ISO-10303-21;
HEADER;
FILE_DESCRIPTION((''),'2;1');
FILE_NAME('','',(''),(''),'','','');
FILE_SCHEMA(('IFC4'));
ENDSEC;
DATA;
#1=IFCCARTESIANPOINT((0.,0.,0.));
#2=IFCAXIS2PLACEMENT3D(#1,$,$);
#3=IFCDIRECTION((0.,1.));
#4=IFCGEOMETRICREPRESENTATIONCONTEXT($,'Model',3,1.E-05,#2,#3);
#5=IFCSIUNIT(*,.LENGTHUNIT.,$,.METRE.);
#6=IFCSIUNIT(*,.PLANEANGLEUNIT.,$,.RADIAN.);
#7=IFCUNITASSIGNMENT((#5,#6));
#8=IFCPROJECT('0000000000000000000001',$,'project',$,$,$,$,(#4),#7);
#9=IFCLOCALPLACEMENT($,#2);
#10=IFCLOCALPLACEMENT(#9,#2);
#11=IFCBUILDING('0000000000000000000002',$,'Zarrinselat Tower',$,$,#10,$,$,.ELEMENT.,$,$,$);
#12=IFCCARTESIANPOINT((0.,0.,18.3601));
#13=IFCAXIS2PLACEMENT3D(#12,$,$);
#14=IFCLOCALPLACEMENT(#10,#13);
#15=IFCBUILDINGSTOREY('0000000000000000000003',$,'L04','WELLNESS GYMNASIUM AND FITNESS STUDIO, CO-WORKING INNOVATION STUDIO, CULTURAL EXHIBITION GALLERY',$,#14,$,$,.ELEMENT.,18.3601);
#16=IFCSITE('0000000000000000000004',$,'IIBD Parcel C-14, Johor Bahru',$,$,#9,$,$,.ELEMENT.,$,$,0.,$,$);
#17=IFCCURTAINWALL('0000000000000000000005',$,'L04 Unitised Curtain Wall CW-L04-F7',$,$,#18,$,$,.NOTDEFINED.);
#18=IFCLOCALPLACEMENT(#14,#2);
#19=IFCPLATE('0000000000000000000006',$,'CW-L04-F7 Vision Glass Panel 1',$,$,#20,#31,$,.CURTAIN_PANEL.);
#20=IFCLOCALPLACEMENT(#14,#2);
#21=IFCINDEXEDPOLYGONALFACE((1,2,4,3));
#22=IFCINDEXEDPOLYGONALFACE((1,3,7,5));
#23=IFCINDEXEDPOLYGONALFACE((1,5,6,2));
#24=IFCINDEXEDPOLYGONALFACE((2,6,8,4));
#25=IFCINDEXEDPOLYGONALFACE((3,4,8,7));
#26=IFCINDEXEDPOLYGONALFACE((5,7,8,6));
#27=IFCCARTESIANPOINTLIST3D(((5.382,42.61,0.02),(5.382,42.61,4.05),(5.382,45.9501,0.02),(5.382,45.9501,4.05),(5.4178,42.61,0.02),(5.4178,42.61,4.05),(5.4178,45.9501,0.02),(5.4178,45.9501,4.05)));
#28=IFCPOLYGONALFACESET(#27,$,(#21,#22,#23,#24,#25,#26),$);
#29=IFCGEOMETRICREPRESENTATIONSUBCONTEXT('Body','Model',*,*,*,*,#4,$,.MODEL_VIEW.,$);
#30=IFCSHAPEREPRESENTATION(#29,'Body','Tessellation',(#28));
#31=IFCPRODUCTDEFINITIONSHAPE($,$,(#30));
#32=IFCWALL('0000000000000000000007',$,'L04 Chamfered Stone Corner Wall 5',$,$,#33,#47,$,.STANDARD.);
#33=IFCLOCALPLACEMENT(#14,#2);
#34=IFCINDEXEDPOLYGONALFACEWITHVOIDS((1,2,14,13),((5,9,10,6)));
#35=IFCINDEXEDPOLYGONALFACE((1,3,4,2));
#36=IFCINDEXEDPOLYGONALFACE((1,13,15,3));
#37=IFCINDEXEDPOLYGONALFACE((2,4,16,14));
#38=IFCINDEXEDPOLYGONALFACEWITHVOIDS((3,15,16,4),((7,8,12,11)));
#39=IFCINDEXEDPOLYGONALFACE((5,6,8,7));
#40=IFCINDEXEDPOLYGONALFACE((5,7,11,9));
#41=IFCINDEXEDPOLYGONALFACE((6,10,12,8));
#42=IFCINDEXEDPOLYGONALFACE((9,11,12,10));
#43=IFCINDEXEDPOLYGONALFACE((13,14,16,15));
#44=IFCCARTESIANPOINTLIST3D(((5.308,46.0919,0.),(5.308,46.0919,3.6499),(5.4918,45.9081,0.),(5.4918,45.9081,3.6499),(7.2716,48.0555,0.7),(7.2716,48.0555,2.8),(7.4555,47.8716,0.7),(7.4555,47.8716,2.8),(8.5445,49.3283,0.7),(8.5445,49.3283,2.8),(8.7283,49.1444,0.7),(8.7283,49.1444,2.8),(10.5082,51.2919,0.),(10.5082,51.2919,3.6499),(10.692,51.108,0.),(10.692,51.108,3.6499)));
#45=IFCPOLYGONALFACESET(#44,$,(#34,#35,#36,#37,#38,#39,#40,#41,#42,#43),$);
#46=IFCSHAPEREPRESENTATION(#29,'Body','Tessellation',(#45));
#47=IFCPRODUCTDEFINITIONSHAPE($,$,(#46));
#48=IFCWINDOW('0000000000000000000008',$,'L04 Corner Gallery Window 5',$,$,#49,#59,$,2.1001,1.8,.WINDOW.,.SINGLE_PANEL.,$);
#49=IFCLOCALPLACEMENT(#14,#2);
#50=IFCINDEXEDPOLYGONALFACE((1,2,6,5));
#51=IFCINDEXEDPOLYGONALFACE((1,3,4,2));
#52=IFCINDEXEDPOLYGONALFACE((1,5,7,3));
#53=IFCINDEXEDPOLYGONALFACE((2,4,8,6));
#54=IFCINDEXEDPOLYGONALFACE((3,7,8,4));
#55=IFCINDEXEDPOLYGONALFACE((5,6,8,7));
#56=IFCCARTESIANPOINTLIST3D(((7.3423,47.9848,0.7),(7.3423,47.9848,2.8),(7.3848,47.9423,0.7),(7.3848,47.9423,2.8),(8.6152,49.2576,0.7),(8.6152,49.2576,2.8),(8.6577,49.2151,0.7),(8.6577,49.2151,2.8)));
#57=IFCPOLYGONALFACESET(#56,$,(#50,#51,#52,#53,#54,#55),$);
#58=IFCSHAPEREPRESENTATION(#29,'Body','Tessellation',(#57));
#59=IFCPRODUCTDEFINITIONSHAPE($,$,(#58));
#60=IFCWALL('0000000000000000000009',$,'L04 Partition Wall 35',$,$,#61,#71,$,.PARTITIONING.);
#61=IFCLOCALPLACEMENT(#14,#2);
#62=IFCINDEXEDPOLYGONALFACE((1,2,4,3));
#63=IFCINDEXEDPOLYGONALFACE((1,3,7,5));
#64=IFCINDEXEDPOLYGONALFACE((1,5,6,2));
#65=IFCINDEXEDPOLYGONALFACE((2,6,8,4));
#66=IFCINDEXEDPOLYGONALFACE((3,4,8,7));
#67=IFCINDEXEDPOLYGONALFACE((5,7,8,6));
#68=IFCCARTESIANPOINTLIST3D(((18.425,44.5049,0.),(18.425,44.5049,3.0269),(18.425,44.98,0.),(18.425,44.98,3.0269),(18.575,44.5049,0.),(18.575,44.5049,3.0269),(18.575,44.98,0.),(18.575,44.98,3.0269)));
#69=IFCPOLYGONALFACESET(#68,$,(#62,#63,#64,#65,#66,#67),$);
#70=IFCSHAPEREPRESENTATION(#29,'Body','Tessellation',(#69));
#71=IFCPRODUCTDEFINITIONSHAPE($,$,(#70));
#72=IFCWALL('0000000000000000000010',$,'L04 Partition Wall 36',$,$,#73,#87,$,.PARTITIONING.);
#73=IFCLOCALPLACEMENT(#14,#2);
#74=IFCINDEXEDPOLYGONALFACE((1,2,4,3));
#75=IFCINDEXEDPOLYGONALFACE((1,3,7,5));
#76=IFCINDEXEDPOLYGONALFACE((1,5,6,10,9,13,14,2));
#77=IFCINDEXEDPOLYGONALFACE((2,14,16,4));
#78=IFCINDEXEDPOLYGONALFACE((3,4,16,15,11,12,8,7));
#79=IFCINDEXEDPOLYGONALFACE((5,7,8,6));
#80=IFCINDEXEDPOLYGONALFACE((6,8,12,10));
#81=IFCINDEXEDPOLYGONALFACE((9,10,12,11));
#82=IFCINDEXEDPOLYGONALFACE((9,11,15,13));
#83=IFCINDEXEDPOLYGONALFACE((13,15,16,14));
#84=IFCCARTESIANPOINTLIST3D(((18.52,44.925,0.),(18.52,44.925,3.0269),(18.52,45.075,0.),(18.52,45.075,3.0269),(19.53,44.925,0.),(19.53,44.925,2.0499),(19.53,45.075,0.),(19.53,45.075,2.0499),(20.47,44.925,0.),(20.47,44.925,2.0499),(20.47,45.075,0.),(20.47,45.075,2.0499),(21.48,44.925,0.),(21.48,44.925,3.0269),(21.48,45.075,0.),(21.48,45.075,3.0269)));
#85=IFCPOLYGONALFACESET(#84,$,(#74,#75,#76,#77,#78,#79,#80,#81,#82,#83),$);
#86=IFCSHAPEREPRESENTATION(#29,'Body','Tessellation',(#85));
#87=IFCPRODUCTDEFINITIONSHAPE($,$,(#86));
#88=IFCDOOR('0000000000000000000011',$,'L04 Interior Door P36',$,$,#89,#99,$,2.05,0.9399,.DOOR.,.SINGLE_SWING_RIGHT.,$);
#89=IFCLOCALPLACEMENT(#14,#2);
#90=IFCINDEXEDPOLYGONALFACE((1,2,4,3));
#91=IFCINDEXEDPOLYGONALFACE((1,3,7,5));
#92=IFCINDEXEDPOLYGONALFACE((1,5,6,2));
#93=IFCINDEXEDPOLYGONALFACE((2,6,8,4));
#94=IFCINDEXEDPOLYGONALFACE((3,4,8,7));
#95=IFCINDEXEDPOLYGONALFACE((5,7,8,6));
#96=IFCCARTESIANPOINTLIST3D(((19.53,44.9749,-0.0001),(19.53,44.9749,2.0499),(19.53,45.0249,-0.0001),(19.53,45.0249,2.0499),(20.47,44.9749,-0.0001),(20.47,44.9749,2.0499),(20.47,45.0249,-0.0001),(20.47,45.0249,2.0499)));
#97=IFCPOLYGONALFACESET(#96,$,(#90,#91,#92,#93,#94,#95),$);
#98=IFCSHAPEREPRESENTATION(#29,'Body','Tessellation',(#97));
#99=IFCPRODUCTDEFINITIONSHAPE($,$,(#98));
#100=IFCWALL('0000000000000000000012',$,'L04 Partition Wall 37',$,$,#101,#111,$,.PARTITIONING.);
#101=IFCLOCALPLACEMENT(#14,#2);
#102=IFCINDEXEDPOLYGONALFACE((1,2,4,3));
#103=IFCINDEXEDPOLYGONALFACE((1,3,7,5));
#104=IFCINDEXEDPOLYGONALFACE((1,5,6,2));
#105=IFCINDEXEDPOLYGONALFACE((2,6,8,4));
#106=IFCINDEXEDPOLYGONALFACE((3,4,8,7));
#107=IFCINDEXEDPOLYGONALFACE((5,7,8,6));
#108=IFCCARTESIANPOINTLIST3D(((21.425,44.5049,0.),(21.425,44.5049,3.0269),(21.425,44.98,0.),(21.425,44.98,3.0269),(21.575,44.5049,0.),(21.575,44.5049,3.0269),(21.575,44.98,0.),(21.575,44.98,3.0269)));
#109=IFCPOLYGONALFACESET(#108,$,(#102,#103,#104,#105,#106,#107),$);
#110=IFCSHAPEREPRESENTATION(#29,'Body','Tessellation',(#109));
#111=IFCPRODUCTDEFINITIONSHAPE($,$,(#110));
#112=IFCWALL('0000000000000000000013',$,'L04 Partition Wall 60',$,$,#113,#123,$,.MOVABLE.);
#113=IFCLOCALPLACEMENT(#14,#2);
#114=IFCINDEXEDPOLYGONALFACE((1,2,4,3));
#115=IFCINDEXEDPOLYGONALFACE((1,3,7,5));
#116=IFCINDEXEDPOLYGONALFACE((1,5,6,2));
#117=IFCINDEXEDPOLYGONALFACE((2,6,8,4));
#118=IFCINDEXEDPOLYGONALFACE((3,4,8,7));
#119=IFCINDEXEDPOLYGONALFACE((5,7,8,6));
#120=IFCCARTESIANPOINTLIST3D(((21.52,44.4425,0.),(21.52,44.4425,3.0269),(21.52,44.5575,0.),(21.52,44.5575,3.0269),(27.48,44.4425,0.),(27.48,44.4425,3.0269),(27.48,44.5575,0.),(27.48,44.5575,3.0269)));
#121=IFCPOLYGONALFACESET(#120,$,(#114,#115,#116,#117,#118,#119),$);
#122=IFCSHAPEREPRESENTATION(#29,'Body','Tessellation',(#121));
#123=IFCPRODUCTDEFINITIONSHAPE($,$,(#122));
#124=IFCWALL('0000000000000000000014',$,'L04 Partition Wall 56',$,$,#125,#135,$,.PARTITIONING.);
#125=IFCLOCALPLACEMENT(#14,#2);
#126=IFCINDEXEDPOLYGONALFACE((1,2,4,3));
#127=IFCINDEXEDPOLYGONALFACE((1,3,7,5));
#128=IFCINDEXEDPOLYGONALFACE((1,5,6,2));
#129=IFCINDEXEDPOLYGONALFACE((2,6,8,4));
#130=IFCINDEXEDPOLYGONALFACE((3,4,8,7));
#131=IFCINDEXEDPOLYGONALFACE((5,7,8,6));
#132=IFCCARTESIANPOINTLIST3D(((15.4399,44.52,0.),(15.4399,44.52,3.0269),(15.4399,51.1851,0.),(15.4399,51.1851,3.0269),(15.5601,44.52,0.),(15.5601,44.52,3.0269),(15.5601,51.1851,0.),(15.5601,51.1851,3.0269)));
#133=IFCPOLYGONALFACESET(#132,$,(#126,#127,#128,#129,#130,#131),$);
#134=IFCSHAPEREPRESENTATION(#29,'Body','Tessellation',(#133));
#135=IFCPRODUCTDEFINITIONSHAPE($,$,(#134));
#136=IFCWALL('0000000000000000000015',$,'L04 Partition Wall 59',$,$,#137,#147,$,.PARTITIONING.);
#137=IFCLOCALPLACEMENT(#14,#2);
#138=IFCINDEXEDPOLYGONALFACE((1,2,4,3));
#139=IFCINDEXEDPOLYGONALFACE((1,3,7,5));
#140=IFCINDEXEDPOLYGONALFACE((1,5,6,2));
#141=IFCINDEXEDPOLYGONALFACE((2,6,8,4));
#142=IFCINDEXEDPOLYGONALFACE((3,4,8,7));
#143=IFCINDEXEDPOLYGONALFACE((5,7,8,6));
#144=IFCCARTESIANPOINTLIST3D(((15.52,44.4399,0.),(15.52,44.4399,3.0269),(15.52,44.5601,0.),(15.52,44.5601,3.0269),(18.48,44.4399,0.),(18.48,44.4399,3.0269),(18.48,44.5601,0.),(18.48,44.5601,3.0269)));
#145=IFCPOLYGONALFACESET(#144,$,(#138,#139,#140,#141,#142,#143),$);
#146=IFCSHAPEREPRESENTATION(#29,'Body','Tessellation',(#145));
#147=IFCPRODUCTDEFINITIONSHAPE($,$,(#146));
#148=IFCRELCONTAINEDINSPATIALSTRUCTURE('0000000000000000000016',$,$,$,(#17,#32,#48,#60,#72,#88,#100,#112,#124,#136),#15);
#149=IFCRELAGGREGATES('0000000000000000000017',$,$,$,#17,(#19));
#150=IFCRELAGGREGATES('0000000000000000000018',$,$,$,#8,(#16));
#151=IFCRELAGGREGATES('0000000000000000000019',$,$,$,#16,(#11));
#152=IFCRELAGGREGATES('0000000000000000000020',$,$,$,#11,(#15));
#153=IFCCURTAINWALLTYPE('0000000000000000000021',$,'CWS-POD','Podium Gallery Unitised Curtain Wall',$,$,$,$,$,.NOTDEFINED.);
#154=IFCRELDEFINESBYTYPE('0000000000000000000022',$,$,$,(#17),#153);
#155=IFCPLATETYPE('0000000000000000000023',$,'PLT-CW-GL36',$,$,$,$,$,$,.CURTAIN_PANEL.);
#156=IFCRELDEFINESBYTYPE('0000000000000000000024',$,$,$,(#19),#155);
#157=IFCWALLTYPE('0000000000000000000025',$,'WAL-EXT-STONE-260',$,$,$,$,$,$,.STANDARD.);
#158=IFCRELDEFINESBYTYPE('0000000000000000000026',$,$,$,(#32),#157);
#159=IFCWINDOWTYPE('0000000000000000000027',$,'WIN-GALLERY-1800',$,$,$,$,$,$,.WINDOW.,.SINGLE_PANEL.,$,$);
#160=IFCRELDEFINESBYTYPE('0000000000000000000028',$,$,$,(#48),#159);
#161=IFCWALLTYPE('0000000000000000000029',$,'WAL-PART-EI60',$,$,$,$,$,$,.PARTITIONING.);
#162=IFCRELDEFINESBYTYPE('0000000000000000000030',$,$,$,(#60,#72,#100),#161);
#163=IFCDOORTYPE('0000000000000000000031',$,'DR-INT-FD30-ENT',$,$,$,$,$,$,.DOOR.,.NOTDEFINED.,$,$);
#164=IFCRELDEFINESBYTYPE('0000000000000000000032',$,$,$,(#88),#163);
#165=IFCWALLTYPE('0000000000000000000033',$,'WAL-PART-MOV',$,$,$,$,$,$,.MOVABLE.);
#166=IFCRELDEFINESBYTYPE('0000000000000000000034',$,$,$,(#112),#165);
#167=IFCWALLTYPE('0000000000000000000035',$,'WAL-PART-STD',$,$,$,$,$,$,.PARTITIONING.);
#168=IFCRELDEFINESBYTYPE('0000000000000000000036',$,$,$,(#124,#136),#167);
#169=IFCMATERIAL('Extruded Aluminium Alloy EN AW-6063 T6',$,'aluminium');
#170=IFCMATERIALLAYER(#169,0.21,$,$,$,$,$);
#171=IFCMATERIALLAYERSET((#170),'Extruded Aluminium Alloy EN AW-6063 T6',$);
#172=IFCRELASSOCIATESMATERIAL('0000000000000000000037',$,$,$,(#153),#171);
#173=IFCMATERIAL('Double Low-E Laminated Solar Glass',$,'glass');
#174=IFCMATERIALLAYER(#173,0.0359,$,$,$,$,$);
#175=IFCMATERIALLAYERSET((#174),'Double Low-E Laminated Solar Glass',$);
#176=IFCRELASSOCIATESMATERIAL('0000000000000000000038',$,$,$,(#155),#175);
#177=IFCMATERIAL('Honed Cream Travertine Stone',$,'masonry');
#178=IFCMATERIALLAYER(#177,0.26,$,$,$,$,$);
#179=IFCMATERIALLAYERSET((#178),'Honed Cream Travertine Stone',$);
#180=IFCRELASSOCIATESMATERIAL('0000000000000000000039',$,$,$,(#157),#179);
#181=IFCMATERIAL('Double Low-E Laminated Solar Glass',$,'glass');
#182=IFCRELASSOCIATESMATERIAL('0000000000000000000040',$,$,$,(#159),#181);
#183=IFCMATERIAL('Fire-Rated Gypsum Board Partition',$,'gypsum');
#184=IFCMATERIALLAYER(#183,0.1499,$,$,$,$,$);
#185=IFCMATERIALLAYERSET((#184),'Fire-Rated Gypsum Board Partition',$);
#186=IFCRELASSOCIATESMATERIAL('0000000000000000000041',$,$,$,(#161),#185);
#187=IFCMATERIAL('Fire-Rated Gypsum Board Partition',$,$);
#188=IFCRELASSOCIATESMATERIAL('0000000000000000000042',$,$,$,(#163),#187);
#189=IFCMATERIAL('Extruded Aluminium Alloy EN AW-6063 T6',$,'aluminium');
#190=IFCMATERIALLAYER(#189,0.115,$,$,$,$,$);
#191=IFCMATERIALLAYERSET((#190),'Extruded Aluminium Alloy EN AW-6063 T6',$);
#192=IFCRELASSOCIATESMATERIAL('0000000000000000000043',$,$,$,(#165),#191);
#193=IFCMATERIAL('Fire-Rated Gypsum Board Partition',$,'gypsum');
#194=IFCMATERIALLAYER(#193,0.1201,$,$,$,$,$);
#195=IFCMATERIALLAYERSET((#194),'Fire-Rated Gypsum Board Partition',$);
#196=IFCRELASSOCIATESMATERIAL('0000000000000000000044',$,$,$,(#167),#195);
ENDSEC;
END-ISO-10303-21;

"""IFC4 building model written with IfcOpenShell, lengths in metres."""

from ifc_helpers import new_model, si_unit, direction, frame, frame_2d, origin, origin_2d, place, context, subcontext, project, spatial, rectangle, extrude, material, layer, layer_set, type_object, element, fill, aggregate, save


model = new_model("IFC4")

# Units and contexts
model_context = context("Model", 3, precision=1e-05, world=origin(), true_north=direction((0.0, 1.0)))
body_context = subcontext(model_context, "Body", "Model", "MODEL_VIEW")
ifc_project = project(units=[si_unit("LENGTHUNIT", "METRE"), si_unit("PLANEANGLEUNIT", "RADIAN")], contexts=[model_context])

# Site, building, storey
site_placement = place(None, origin())
site = spatial("IfcSite", under=ifc_project, at=site_placement, Name="IIBD Parcel C-14, Johor Bahru", CompositionType="ELEMENT", RefElevation=0.0)
building_placement = place(site_placement, origin())
building = spatial("IfcBuilding", under=site, at=building_placement, Name="Zarrinselat Tower", CompositionType="ELEMENT")
storey_placement = place(building_placement, frame((0.0, 0.0, 18.3601)))
storey = spatial("IfcBuildingStorey", under=building, at=storey_placement, Name="L04", Description="WELLNESS GYMNASIUM AND FITNESS STUDIO, CO-WORKING INNOVATION STUDIO, CULTURAL EXHIBITION GALLERY", CompositionType="ELEMENT", Elevation=18.3601)

# Curtain wall
ifc_material_1 = material(Name="Extruded Aluminium Alloy EN AW-6063 T6", Category="aluminium")
ifc_layer_1 = layer(ifc_material_1, 0.21)
ifc_layer_set_1 = layer_set([ifc_layer_1], Name="Extruded Aluminium Alloy EN AW-6063 T6")
curtain_wall_type = type_object("IfcCurtainWallType", Name="CWS-POD", Description="Podium Gallery Unitised Curtain Wall", PredefinedType="NOTDEFINED", material=ifc_layer_set_1)
curtain_wall_1_placement = place(storey_placement, origin())
curtain_wall_1 = element("IfcCurtainWall", 1, at=curtain_wall_1_placement, inside=storey, type_object=curtain_wall_type, Name="L04 Unitised Curtain Wall CW-L04-F7", PredefinedType="NOTDEFINED")

# Plate
ifc_material_2 = material(Name="Double Low-E Laminated Solar Glass", Category="glass")
ifc_layer_2 = layer(ifc_material_2, 0.0359)
ifc_layer_set_2 = layer_set([ifc_layer_2], Name="Double Low-E Laminated Solar Glass")
plate_type = type_object("IfcPlateType", Name="PLT-CW-GL36", PredefinedType="CURTAIN_PANEL", material=ifc_layer_set_2)
plate_1_placement = place(storey_placement, frame((5.3999, 44.28, 0.02), z_axis=(0.0, 0.0, 1.0), x_axis=(0.0, -1.0, 0.0)))
plate_1 = element("IfcPlate", 2, at=plate_1_placement, type_object=plate_type, Name="CW-L04-F7 Vision Glass Panel 1", PredefinedType="CURTAIN_PANEL", context=body_context, shape_type="SweptSolid", body=[
    extrude(rectangle(XDim=3.3401, YDim=0.0359, at=origin_2d()), origin(), (0.0, 0.0, 1.0), 4.03),
])
aggregate(curtain_wall_1, [plate_1])

# Wall, opening, window
ifc_material_3 = material(Name="Honed Cream Travertine Stone", Category="masonry")
ifc_layer_3 = layer(ifc_material_3, 0.26)
ifc_layer_set_3 = layer_set([ifc_layer_3], Name="Honed Cream Travertine Stone")
wall_type_1 = type_object("IfcWallType", Name="WAL-EXT-STONE-260", PredefinedType="STANDARD", material=ifc_layer_set_3)
wall_1_placement = place(storey_placement, frame((5.3999, 46.0, 0.0), z_axis=(0.0, 0.0, 1.0), x_axis=(0.707123, 0.70709, 0.0)))
wall_1 = element("IfcWall", 3, at=wall_1_placement, inside=storey, type_object=wall_type_1, Name="L04 Chamfered Stone Corner Wall 5", PredefinedType="STANDARD", context=body_context, shape_type="SweptSolid", body=[
    extrude(rectangle(XDim=7.354, YDim=0.26, at=frame_2d((3.677, 0.0))), origin(), (0.0, 0.0, 1.0), 3.6499),
])
opening_1_placement = place(wall_1_placement, frame((2.7771, 0.0, 0.7)))
opening_1 = element("IfcOpeningElement", 4, at=opening_1_placement, cuts=wall_1, PredefinedType="OPENING", context=body_context, shape_type="SweptSolid", body=[
    extrude(rectangle(XDim=1.8, YDim=2.1001, at=frame_2d((0.8999, 1.05))), frame((0.0, 0.1399, 0.0), z_axis=(0.0, -1.0, 0.0), x_axis=(1.0, 0.0, 0.0)), (0.0, 0.0, 1.0), 0.28),
])
ifc_material_4 = material(Name="Double Low-E Laminated Solar Glass", Category="glass")
window_type = type_object("IfcWindowType", Name="WIN-GALLERY-1800", PartitioningType="SINGLE_PANEL", PredefinedType="WINDOW", material=ifc_material_4)
window_placement = place(opening_1_placement, origin())
window = element("IfcWindow", 5, at=window_placement, inside=storey, type_object=window_type, Name="L04 Corner Gallery Window 5", OverallHeight=2.1001, OverallWidth=1.8, PartitioningType="SINGLE_PANEL", PredefinedType="WINDOW", context=body_context, shape_type="SweptSolid", body=[
    extrude(rectangle(XDim=1.8, YDim=2.1001, at=frame_2d((0.8999, 1.05))), frame((0.0, 0.03, 0.0), z_axis=(0.0, -1.0, 0.0), x_axis=(1.0, 0.0, 0.0)), (0.0, 0.0, 1.0), 0.0601),
])
fill(opening_1, window)

# Wall
ifc_material_5 = material(Name="Fire-Rated Gypsum Board Partition", Category="gypsum")
ifc_layer_4 = layer(ifc_material_5, 0.1499)
ifc_layer_set_4 = layer_set([ifc_layer_4], Name="Fire-Rated Gypsum Board Partition")
wall_type_2 = type_object("IfcWallType", Name="WAL-PART-EI60", PredefinedType="PARTITIONING", material=ifc_layer_set_4)
wall_2_placement = place(storey_placement, frame((18.5, 44.5049, 0.0), z_axis=(0.0, 0.0, 1.0), x_axis=(0.0, 1.0, 0.0)))
element("IfcWall", 6, at=wall_2_placement, inside=storey, type_object=wall_type_2, Name="L04 Partition Wall 35", PredefinedType="PARTITIONING", context=body_context, shape_type="SweptSolid", body=[
    extrude(rectangle(XDim=0.4751, YDim=0.1499, at=frame_2d((0.2375, 0.0))), origin(), (0.0, 0.0, 1.0), 3.0269),
])

# Wall, opening, door
wall_3_placement = place(storey_placement, frame((18.52, 45.0, 0.0), z_axis=(0.0, 0.0, 1.0), x_axis=(1.0, 0.0, 0.0)))
wall_3 = element("IfcWall", 7, at=wall_3_placement, inside=storey, type_object=wall_type_2, Name="L04 Partition Wall 36", PredefinedType="PARTITIONING", context=body_context, shape_type="SweptSolid", body=[
    extrude(rectangle(XDim=2.96, YDim=0.1499, at=frame_2d((1.48, 0.0))), origin(), (0.0, 0.0, 1.0), 3.0269),
])
opening_2_placement = place(wall_3_placement, frame((1.01, 0.0, 0.0)))
opening_2 = element("IfcOpeningElement", 8, at=opening_2_placement, cuts=wall_3, PredefinedType="OPENING", context=body_context, shape_type="SweptSolid", body=[
    extrude(rectangle(XDim=0.9399, YDim=2.05, at=frame_2d((0.47, 1.0249))), frame((0.0, 0.085, 0.0), z_axis=(0.0, -1.0, 0.0), x_axis=(1.0, 0.0, 0.0)), (0.0, 0.0, 1.0), 0.1699),
])
ifc_material_6 = material(Name="Fire-Rated Gypsum Board Partition")
door_type = type_object("IfcDoorType", Name="DR-INT-FD30-ENT", OperationType="NOTDEFINED", PredefinedType="DOOR", material=ifc_material_6)
door_placement = place(opening_2_placement, origin())
door = element("IfcDoor", 9, at=door_placement, inside=storey, type_object=door_type, Name="L04 Interior Door P36", OperationType="SINGLE_SWING_RIGHT", OverallHeight=2.05, OverallWidth=0.9399, PredefinedType="DOOR", context=body_context, shape_type="SweptSolid", body=[
    extrude(rectangle(XDim=0.9399, YDim=2.05, at=frame_2d((0.47, 1.0249))), frame((0.0, 0.0249, 0.0), z_axis=(0.0, -1.0, 0.0), x_axis=(1.0, 0.0, 0.0)), (0.0, 0.0, 1.0), 0.05),
])
fill(opening_2, door)

# Walls
wall_4_placement = place(storey_placement, frame((21.5, 44.5049, 0.0), z_axis=(0.0, 0.0, 1.0), x_axis=(0.0, 1.0, 0.0)))
element("IfcWall", 10, at=wall_4_placement, inside=storey, type_object=wall_type_2, Name="L04 Partition Wall 37", PredefinedType="PARTITIONING", context=body_context, shape_type="SweptSolid", body=[
    extrude(rectangle(XDim=0.4751, YDim=0.1499, at=frame_2d((0.2375, 0.0))), origin(), (0.0, 0.0, 1.0), 3.0269),
])
ifc_material_7 = material(Name="Extruded Aluminium Alloy EN AW-6063 T6", Category="aluminium")
ifc_layer_5 = layer(ifc_material_7, 0.115)
ifc_layer_set_5 = layer_set([ifc_layer_5], Name="Extruded Aluminium Alloy EN AW-6063 T6")
wall_type_3 = type_object("IfcWallType", Name="WAL-PART-MOV", PredefinedType="MOVABLE", material=ifc_layer_set_5)
wall_5_placement = place(storey_placement, frame((21.52, 44.5, 0.0), z_axis=(0.0, 0.0, 1.0), x_axis=(1.0, 0.0, 0.0)))
element("IfcWall", 11, at=wall_5_placement, inside=storey, type_object=wall_type_3, Name="L04 Partition Wall 60", PredefinedType="MOVABLE", context=body_context, shape_type="SweptSolid", body=[
    extrude(rectangle(XDim=5.96, YDim=0.115, at=frame_2d((2.98, 0.0))), origin(), (0.0, 0.0, 1.0), 3.0269),
])
ifc_material_8 = material(Name="Fire-Rated Gypsum Board Partition", Category="gypsum")
ifc_layer_6 = layer(ifc_material_8, 0.1201)
ifc_layer_set_6 = layer_set([ifc_layer_6], Name="Fire-Rated Gypsum Board Partition")
wall_type_4 = type_object("IfcWallType", Name="WAL-PART-STD", PredefinedType="PARTITIONING", material=ifc_layer_set_6)
wall_6_placement = place(storey_placement, frame((15.5, 44.52, 0.0), z_axis=(0.0, 0.0, 1.0), x_axis=(0.0, 1.0, 0.0)))
element("IfcWall", 12, at=wall_6_placement, inside=storey, type_object=wall_type_4, Name="L04 Partition Wall 56", PredefinedType="PARTITIONING", context=body_context, shape_type="SweptSolid", body=[
    extrude(rectangle(XDim=6.665, YDim=0.1201, at=frame_2d((3.3325, 0.0))), origin(), (0.0, 0.0, 1.0), 3.0269),
])
wall_7_placement = place(storey_placement, frame((15.52, 44.5, 0.0), z_axis=(0.0, 0.0, 1.0), x_axis=(1.0, 0.0, 0.0)))
element("IfcWall", 13, at=wall_7_placement, inside=storey, type_object=wall_type_4, Name="L04 Partition Wall 59", PredefinedType="PARTITIONING", context=body_context, shape_type="SweptSolid", body=[
    extrude(rectangle(XDim=2.96, YDim=0.1201, at=frame_2d((1.48, 0.0))), origin(), (0.0, 0.0, 1.0), 3.0269),
])

save(model, "model.ifc")
